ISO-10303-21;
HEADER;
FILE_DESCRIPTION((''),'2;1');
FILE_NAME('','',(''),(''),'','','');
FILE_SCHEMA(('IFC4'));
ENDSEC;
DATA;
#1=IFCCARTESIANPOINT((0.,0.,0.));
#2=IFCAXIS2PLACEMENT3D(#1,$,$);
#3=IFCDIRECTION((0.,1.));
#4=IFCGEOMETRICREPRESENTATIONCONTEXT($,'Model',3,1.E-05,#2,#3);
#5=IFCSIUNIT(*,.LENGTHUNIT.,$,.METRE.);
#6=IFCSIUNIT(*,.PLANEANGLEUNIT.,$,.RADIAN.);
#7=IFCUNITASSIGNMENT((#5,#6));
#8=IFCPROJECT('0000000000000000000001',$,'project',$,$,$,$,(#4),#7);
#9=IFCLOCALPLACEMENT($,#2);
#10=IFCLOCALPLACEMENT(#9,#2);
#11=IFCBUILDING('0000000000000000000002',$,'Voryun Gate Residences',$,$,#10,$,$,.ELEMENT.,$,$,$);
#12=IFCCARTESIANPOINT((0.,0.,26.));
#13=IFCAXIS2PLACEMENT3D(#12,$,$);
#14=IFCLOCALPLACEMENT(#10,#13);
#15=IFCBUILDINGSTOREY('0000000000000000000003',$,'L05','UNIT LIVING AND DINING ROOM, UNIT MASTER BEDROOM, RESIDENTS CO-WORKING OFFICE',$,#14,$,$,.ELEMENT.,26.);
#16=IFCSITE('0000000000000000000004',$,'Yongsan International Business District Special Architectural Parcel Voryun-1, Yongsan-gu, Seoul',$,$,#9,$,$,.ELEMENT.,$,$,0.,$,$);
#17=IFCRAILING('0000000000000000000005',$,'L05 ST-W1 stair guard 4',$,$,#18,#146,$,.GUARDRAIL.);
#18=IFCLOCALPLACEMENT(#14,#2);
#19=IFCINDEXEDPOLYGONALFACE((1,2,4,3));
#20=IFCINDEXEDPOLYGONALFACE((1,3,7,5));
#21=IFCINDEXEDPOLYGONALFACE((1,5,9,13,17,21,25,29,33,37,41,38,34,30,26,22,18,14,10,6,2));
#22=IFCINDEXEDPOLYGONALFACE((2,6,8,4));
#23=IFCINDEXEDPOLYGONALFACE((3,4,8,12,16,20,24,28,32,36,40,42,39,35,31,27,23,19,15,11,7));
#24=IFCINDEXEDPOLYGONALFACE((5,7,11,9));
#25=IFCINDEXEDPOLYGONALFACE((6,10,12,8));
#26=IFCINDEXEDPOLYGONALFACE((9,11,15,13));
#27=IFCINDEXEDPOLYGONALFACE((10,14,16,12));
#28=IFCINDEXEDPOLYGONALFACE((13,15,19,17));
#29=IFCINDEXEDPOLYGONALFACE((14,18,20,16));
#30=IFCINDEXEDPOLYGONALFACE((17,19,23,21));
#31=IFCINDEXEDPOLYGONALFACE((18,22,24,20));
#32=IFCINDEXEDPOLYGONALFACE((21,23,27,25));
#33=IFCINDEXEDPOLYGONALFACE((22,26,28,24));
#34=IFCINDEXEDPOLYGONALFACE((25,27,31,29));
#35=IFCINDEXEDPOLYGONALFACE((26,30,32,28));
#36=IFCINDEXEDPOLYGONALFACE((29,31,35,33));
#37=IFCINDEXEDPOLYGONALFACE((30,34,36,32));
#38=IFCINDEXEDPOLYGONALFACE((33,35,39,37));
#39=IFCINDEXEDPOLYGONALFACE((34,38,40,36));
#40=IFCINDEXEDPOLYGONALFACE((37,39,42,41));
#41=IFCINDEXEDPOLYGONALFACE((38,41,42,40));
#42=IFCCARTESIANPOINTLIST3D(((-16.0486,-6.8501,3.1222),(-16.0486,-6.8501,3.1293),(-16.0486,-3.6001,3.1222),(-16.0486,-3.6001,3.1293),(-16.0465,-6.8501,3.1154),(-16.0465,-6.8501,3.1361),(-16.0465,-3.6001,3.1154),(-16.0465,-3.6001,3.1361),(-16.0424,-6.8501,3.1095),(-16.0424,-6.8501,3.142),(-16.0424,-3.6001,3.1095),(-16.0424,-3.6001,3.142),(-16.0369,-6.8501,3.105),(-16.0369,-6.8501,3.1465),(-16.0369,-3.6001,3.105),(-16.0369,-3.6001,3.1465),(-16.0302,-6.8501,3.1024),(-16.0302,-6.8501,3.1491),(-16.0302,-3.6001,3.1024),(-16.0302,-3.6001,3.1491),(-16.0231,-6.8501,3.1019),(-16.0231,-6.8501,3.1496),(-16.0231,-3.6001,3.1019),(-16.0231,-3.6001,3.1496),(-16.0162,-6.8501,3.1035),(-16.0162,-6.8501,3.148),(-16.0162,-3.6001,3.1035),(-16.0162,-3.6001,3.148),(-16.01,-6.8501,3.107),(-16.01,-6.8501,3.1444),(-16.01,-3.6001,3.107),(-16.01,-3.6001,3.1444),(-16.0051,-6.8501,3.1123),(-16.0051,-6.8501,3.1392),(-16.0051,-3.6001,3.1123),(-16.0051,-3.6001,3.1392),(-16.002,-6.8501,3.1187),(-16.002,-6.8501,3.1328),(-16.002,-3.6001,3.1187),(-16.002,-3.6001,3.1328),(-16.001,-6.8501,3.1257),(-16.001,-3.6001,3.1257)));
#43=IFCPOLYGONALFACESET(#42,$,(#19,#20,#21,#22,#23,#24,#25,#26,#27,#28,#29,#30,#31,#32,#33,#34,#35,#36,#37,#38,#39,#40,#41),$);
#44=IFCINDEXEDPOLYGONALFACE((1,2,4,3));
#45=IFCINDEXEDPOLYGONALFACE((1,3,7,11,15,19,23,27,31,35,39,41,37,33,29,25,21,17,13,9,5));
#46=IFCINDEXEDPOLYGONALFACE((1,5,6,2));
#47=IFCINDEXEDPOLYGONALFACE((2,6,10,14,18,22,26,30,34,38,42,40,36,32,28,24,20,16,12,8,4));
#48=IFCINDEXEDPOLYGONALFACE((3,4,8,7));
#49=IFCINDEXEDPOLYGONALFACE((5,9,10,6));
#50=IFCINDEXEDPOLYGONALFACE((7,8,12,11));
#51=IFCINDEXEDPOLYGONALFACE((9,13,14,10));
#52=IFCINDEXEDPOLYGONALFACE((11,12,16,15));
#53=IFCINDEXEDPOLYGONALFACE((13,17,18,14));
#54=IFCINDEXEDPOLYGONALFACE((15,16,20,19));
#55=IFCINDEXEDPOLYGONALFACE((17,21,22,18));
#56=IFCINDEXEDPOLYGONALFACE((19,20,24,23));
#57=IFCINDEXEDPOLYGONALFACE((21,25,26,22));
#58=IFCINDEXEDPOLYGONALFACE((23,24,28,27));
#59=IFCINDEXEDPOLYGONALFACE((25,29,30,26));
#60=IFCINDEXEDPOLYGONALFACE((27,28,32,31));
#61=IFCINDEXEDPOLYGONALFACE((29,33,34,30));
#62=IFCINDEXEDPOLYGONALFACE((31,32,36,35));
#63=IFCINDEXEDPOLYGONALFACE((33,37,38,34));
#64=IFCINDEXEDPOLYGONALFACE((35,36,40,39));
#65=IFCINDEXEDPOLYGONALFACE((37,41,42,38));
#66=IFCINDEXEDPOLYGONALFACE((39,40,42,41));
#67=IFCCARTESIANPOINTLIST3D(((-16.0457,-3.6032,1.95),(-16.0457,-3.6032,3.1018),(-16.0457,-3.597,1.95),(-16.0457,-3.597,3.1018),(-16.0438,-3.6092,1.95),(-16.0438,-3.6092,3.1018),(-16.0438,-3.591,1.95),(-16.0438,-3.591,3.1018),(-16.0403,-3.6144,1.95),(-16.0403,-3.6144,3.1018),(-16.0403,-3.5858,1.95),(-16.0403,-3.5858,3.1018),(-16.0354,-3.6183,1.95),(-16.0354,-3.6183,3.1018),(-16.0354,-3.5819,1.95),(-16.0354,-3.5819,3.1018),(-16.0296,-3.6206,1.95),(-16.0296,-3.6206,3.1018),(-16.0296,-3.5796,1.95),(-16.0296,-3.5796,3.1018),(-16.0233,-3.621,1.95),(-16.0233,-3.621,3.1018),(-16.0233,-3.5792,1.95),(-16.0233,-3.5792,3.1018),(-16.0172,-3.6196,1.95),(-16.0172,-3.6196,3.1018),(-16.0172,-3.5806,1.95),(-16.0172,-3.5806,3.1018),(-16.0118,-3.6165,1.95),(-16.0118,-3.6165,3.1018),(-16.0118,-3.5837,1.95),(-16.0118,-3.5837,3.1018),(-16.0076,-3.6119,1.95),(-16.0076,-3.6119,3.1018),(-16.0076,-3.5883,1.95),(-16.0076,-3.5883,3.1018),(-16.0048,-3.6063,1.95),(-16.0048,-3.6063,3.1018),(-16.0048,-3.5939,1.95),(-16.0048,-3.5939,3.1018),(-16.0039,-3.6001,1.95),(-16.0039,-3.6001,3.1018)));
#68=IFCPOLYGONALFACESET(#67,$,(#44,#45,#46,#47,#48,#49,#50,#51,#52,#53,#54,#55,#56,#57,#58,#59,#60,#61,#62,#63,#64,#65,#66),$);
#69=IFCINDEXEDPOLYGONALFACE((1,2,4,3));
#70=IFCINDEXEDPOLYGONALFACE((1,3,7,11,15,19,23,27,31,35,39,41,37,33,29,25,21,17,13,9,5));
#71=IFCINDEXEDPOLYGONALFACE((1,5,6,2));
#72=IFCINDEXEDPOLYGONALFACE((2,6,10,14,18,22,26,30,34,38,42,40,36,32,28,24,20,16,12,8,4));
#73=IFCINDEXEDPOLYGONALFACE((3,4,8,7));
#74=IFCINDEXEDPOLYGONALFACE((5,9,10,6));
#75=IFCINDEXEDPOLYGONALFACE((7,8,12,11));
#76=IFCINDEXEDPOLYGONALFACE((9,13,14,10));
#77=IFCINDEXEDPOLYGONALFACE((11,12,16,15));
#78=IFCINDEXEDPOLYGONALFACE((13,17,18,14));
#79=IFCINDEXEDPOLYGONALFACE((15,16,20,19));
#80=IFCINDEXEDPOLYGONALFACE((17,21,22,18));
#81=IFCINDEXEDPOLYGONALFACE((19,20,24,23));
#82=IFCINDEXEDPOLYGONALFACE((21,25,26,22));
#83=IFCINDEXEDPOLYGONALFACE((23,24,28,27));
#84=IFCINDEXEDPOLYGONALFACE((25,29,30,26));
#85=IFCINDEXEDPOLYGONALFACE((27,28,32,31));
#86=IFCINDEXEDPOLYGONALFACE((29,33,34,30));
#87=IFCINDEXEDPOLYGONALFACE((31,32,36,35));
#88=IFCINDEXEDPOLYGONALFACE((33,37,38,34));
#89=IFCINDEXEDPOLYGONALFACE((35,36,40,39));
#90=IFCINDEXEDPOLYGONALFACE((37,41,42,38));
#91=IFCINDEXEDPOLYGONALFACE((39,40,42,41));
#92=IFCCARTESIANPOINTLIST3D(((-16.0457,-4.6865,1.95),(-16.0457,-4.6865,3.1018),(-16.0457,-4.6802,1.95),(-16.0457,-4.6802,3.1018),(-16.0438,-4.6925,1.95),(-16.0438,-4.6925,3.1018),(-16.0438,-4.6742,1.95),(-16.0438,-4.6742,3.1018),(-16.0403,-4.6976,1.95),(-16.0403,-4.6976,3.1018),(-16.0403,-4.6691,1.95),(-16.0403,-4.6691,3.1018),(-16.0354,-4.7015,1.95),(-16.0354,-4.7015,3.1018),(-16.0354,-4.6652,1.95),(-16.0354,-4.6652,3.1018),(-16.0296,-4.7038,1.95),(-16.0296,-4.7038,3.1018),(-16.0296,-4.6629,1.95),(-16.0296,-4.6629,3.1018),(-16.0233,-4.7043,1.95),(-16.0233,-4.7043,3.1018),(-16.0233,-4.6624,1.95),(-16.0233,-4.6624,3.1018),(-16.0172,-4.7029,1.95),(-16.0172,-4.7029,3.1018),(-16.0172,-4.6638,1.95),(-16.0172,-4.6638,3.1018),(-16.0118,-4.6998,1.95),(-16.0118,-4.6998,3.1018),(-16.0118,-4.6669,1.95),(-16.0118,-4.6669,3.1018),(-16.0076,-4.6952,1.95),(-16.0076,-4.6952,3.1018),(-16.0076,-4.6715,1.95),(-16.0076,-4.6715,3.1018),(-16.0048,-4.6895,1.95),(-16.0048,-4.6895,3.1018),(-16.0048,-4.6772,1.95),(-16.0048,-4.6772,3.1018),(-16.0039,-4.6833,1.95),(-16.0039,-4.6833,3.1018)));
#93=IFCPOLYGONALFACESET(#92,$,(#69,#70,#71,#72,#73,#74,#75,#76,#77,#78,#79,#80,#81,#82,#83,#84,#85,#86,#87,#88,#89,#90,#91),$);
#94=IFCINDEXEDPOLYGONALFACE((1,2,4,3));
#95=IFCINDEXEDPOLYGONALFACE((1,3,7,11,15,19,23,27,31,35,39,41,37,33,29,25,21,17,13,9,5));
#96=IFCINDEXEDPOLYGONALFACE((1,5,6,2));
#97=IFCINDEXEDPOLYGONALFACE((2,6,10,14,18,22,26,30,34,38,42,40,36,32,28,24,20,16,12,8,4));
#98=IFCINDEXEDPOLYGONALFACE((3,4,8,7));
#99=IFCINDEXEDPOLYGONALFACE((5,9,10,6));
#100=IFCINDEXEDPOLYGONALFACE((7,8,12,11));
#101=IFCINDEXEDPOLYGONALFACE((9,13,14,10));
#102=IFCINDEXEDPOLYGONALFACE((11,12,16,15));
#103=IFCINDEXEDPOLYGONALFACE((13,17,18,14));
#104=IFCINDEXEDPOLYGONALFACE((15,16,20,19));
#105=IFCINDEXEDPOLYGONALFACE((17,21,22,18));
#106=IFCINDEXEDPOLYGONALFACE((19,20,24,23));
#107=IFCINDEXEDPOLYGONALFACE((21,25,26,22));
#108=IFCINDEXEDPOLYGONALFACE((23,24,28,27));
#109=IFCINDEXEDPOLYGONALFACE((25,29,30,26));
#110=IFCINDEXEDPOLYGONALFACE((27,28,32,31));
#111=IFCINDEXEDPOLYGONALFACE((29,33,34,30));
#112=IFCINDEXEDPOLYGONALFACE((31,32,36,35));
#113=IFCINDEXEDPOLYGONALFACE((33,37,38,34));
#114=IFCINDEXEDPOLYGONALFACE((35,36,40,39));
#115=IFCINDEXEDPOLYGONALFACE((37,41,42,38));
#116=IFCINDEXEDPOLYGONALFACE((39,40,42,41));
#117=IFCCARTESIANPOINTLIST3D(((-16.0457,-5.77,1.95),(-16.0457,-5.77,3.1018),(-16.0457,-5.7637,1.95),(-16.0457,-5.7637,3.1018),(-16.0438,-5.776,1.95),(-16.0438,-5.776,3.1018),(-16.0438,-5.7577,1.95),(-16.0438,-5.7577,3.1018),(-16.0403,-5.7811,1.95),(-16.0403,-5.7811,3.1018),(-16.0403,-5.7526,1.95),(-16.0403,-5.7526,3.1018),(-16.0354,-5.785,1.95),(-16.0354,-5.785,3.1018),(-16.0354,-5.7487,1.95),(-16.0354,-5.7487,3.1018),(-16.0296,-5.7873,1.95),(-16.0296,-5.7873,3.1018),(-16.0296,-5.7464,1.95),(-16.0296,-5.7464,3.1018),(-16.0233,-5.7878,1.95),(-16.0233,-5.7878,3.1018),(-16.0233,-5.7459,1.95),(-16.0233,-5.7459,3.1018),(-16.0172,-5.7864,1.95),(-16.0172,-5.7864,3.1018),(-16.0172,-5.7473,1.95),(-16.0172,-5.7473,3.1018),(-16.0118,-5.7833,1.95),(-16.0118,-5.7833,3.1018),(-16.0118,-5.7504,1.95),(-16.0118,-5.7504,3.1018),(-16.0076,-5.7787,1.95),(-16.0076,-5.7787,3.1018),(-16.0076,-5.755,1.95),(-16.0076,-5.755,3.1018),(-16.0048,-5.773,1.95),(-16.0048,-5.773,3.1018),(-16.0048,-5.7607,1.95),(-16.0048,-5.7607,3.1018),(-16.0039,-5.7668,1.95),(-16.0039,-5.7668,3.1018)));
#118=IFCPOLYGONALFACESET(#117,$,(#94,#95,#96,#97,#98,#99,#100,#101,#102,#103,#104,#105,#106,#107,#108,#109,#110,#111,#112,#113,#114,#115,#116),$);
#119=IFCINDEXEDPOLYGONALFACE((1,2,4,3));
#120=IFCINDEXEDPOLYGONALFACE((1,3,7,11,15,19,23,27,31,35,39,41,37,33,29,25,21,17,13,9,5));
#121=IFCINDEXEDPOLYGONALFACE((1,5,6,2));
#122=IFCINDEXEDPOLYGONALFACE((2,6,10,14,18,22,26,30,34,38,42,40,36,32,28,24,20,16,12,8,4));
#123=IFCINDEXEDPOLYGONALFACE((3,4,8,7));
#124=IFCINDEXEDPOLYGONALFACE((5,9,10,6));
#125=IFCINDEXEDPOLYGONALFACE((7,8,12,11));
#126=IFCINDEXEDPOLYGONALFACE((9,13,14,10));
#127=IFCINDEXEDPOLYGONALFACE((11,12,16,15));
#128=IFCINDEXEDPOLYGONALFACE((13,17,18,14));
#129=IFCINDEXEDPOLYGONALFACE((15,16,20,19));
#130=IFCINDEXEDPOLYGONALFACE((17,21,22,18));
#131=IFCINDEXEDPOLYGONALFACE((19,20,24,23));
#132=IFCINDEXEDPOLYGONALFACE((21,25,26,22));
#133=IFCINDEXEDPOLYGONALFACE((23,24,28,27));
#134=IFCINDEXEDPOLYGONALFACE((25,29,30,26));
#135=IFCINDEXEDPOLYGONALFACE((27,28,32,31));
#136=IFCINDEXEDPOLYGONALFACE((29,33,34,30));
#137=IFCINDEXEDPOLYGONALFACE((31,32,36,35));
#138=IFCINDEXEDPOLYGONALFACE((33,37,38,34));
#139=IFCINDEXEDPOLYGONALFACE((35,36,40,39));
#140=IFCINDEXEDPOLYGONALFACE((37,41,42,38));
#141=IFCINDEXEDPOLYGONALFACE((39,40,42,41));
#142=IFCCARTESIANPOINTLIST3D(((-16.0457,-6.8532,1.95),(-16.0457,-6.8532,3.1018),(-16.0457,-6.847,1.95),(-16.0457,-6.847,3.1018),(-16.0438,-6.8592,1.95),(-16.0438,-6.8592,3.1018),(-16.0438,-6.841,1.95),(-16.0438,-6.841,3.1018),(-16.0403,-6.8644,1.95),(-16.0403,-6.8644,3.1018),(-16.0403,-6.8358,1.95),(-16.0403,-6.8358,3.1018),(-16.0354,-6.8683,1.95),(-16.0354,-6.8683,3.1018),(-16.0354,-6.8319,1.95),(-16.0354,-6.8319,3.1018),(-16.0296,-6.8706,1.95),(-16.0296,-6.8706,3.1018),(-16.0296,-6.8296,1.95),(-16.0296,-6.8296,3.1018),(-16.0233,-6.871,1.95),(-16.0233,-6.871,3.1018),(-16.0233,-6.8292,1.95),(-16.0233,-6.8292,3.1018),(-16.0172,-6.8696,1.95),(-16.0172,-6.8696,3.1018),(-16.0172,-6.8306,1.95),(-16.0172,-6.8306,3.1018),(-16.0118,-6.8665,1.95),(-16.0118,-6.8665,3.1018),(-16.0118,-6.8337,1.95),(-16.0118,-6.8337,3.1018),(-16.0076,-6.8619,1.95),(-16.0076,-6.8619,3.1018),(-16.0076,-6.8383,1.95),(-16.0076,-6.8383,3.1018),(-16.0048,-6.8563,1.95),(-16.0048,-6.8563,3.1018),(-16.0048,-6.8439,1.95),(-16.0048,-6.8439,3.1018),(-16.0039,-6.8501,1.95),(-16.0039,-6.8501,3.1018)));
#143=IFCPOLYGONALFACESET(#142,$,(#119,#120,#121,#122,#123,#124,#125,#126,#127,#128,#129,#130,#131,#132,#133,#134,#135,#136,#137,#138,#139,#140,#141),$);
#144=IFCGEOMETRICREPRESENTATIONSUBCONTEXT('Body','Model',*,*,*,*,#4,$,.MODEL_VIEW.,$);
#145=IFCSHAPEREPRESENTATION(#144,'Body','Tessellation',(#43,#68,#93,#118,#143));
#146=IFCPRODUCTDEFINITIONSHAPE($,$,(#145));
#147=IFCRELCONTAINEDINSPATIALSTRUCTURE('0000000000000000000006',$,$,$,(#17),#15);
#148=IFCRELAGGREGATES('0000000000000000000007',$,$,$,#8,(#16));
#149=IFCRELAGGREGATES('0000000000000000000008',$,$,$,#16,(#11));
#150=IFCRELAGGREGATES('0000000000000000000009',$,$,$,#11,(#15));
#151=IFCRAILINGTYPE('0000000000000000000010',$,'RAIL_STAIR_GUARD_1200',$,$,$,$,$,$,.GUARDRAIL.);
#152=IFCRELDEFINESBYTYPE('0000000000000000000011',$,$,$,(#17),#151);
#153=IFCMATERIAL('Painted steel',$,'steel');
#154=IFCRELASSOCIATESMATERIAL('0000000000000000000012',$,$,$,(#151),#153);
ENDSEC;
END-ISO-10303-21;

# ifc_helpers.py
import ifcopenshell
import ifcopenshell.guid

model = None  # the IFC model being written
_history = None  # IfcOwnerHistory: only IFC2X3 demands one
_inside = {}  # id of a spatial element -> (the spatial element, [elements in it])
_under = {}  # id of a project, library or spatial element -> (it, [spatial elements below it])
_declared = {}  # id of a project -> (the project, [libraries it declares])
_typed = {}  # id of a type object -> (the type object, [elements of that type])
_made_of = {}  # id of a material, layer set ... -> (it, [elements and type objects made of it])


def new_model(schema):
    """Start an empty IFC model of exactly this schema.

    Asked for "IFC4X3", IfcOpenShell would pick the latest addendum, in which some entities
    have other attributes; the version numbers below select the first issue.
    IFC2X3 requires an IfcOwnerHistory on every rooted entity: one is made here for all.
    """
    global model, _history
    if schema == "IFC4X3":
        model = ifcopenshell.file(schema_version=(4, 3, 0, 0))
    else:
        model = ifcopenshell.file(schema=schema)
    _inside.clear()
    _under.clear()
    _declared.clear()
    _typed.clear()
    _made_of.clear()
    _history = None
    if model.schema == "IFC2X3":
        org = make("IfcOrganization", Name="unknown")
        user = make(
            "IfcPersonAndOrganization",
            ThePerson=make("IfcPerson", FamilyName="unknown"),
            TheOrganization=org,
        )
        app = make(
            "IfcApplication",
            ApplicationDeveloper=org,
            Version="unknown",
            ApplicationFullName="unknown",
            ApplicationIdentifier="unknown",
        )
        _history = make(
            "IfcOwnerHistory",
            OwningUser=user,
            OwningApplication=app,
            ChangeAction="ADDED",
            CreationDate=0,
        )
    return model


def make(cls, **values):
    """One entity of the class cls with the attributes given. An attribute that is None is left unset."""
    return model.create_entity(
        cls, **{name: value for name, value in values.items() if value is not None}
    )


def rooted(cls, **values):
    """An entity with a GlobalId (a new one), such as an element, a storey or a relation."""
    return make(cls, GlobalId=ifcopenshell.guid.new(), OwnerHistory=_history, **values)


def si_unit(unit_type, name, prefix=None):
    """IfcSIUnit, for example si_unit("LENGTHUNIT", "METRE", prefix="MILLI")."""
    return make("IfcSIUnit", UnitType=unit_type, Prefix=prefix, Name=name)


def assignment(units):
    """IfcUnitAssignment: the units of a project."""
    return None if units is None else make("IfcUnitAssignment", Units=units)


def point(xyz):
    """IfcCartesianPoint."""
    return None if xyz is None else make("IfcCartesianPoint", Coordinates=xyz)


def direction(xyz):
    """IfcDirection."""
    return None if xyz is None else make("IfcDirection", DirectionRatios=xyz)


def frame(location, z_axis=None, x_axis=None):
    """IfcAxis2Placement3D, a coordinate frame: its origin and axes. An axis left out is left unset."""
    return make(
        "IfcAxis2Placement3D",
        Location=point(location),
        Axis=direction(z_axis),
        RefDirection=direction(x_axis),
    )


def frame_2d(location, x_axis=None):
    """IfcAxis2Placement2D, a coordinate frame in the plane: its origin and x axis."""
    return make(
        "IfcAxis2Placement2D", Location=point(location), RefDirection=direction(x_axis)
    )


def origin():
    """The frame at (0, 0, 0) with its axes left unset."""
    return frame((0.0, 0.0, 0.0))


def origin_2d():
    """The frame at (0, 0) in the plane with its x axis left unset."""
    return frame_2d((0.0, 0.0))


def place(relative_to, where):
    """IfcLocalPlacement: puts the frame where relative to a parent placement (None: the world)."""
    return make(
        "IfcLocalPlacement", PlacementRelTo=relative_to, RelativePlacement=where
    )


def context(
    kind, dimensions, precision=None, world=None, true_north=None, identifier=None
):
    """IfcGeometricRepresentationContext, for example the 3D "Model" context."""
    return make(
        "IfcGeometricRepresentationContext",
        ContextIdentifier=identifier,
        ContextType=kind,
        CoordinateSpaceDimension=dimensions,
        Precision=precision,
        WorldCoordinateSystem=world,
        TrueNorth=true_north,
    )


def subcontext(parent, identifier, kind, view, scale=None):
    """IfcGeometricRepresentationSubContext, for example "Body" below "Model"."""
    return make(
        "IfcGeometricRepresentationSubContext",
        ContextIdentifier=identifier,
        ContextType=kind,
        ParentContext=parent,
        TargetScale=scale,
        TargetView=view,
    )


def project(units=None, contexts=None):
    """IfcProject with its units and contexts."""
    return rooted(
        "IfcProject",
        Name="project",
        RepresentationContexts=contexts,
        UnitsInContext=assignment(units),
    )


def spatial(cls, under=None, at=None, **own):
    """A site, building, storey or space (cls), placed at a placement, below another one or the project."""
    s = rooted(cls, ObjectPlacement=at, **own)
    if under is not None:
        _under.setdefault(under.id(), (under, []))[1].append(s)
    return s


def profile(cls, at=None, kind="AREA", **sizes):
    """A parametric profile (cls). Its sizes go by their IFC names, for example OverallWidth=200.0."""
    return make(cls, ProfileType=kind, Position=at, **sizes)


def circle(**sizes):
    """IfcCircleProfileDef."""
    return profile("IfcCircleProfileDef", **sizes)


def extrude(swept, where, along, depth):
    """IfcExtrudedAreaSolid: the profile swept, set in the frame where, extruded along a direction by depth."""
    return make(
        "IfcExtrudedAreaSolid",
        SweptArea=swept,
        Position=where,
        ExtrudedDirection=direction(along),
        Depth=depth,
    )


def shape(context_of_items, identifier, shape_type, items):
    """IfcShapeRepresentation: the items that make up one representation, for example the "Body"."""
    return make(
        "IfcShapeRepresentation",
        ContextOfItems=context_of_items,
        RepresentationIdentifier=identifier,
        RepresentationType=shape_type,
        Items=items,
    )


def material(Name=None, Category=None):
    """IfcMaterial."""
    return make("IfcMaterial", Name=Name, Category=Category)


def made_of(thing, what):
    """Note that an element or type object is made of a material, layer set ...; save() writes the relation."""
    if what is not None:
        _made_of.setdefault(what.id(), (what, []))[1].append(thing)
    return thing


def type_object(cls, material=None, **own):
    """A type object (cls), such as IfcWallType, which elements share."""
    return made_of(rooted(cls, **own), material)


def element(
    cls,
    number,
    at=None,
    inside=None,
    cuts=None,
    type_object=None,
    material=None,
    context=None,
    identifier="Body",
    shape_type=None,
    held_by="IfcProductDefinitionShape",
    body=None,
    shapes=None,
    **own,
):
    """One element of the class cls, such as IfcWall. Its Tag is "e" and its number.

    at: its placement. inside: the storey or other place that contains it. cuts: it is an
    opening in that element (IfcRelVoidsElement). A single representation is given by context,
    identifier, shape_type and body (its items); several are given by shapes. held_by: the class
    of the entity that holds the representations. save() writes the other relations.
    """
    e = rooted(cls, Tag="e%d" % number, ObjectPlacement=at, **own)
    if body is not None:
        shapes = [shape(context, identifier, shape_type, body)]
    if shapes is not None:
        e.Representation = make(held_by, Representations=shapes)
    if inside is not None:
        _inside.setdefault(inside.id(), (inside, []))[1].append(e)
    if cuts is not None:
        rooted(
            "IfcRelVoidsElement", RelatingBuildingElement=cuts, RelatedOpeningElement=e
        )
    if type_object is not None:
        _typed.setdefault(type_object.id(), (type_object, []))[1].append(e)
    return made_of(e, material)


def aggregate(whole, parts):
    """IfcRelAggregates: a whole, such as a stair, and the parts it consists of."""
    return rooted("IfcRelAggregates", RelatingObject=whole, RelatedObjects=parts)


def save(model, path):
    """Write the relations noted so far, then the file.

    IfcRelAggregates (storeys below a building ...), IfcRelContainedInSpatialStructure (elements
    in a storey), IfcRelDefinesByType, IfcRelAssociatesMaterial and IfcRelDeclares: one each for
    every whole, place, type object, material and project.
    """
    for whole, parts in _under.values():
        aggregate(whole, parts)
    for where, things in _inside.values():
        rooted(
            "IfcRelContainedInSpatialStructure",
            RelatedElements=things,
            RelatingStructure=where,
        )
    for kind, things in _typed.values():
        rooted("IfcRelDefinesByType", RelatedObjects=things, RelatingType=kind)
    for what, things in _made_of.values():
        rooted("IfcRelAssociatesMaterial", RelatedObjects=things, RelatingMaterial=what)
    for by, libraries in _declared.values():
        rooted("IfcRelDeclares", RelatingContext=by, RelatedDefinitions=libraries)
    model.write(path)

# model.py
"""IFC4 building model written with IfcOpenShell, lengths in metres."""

from ifc_helpers import new_model, si_unit, direction, frame, origin, origin_2d, place, context, subcontext, project, spatial, circle, extrude, material, type_object, element, save


model = new_model("IFC4")

# Units and contexts
model_context = context("Model", 3, precision=1e-05, world=origin(), true_north=direction((0.0, 1.0)))
body_context = subcontext(model_context, "Body", "Model", "MODEL_VIEW")
ifc_project = project(units=[si_unit("LENGTHUNIT", "METRE"), si_unit("PLANEANGLEUNIT", "RADIAN")], contexts=[model_context])

# Site, building, storey
site_placement = place(None, origin())
site = spatial("IfcSite", under=ifc_project, at=site_placement, Name="Yongsan International Business District Special Architectural Parcel Voryun-1, Yongsan-gu, Seoul", CompositionType="ELEMENT", RefElevation=0.0)
building_placement = place(site_placement, origin())
building = spatial("IfcBuilding", under=site, at=building_placement, Name="Voryun Gate Residences", CompositionType="ELEMENT")
storey_placement = place(building_placement, frame((0.0, 0.0, 26.0)))
storey = spatial("IfcBuildingStorey", under=building, at=storey_placement, Name="L05", Description="UNIT LIVING AND DINING ROOM, UNIT MASTER BEDROOM, RESIDENTS CO-WORKING OFFICE", CompositionType="ELEMENT", Elevation=26.0)

# Railing
ifc_material_1 = material(Name="Painted steel", Category="steel")
railing_type_1 = type_object("IfcRailingType", Name="RAIL_STAIR_GUARD_1200", PredefinedType="GUARDRAIL", material=ifc_material_1)
for number, where, name in (
    (1, (-16.0249, -3.6001, 1.95), "L05 ST-W1 stair guard 4"),
):
    element("IfcRailing", number, at=place(storey_placement, frame(where)), inside=storey, type_object=railing_type_1, Name=name, PredefinedType="GUARDRAIL", context=body_context, shape_type="SweptSolid", body=[
        extrude(circle(Radius=0.0239, at=origin_2d()), frame((0.0, 0.0, 1.1758), z_axis=(0.0, -1.0, 0.0), x_axis=(1.0, 0.0, 0.0)), (0.0, 0.0, 1.0), 3.25),
        extrude(circle(Radius=0.021, at=origin_2d()), origin(), (0.0, 0.0, 1.0), 1.1519),
        extrude(circle(Radius=0.021, at=origin_2d()), frame((0.0, -1.0833, 0.0)), (0.0, 0.0, 1.0), 1.1519),
        extrude(circle(Radius=0.021, at=origin_2d()), frame((0.0, -2.1667, 0.0)), (0.0, 0.0, 1.0), 1.1519),
        extrude(circle(Radius=0.021, at=origin_2d()), frame((0.0, -3.25, 0.0)), (0.0, 0.0, 1.0), 1.1519),
    ])

save(model, "model.ifc")
